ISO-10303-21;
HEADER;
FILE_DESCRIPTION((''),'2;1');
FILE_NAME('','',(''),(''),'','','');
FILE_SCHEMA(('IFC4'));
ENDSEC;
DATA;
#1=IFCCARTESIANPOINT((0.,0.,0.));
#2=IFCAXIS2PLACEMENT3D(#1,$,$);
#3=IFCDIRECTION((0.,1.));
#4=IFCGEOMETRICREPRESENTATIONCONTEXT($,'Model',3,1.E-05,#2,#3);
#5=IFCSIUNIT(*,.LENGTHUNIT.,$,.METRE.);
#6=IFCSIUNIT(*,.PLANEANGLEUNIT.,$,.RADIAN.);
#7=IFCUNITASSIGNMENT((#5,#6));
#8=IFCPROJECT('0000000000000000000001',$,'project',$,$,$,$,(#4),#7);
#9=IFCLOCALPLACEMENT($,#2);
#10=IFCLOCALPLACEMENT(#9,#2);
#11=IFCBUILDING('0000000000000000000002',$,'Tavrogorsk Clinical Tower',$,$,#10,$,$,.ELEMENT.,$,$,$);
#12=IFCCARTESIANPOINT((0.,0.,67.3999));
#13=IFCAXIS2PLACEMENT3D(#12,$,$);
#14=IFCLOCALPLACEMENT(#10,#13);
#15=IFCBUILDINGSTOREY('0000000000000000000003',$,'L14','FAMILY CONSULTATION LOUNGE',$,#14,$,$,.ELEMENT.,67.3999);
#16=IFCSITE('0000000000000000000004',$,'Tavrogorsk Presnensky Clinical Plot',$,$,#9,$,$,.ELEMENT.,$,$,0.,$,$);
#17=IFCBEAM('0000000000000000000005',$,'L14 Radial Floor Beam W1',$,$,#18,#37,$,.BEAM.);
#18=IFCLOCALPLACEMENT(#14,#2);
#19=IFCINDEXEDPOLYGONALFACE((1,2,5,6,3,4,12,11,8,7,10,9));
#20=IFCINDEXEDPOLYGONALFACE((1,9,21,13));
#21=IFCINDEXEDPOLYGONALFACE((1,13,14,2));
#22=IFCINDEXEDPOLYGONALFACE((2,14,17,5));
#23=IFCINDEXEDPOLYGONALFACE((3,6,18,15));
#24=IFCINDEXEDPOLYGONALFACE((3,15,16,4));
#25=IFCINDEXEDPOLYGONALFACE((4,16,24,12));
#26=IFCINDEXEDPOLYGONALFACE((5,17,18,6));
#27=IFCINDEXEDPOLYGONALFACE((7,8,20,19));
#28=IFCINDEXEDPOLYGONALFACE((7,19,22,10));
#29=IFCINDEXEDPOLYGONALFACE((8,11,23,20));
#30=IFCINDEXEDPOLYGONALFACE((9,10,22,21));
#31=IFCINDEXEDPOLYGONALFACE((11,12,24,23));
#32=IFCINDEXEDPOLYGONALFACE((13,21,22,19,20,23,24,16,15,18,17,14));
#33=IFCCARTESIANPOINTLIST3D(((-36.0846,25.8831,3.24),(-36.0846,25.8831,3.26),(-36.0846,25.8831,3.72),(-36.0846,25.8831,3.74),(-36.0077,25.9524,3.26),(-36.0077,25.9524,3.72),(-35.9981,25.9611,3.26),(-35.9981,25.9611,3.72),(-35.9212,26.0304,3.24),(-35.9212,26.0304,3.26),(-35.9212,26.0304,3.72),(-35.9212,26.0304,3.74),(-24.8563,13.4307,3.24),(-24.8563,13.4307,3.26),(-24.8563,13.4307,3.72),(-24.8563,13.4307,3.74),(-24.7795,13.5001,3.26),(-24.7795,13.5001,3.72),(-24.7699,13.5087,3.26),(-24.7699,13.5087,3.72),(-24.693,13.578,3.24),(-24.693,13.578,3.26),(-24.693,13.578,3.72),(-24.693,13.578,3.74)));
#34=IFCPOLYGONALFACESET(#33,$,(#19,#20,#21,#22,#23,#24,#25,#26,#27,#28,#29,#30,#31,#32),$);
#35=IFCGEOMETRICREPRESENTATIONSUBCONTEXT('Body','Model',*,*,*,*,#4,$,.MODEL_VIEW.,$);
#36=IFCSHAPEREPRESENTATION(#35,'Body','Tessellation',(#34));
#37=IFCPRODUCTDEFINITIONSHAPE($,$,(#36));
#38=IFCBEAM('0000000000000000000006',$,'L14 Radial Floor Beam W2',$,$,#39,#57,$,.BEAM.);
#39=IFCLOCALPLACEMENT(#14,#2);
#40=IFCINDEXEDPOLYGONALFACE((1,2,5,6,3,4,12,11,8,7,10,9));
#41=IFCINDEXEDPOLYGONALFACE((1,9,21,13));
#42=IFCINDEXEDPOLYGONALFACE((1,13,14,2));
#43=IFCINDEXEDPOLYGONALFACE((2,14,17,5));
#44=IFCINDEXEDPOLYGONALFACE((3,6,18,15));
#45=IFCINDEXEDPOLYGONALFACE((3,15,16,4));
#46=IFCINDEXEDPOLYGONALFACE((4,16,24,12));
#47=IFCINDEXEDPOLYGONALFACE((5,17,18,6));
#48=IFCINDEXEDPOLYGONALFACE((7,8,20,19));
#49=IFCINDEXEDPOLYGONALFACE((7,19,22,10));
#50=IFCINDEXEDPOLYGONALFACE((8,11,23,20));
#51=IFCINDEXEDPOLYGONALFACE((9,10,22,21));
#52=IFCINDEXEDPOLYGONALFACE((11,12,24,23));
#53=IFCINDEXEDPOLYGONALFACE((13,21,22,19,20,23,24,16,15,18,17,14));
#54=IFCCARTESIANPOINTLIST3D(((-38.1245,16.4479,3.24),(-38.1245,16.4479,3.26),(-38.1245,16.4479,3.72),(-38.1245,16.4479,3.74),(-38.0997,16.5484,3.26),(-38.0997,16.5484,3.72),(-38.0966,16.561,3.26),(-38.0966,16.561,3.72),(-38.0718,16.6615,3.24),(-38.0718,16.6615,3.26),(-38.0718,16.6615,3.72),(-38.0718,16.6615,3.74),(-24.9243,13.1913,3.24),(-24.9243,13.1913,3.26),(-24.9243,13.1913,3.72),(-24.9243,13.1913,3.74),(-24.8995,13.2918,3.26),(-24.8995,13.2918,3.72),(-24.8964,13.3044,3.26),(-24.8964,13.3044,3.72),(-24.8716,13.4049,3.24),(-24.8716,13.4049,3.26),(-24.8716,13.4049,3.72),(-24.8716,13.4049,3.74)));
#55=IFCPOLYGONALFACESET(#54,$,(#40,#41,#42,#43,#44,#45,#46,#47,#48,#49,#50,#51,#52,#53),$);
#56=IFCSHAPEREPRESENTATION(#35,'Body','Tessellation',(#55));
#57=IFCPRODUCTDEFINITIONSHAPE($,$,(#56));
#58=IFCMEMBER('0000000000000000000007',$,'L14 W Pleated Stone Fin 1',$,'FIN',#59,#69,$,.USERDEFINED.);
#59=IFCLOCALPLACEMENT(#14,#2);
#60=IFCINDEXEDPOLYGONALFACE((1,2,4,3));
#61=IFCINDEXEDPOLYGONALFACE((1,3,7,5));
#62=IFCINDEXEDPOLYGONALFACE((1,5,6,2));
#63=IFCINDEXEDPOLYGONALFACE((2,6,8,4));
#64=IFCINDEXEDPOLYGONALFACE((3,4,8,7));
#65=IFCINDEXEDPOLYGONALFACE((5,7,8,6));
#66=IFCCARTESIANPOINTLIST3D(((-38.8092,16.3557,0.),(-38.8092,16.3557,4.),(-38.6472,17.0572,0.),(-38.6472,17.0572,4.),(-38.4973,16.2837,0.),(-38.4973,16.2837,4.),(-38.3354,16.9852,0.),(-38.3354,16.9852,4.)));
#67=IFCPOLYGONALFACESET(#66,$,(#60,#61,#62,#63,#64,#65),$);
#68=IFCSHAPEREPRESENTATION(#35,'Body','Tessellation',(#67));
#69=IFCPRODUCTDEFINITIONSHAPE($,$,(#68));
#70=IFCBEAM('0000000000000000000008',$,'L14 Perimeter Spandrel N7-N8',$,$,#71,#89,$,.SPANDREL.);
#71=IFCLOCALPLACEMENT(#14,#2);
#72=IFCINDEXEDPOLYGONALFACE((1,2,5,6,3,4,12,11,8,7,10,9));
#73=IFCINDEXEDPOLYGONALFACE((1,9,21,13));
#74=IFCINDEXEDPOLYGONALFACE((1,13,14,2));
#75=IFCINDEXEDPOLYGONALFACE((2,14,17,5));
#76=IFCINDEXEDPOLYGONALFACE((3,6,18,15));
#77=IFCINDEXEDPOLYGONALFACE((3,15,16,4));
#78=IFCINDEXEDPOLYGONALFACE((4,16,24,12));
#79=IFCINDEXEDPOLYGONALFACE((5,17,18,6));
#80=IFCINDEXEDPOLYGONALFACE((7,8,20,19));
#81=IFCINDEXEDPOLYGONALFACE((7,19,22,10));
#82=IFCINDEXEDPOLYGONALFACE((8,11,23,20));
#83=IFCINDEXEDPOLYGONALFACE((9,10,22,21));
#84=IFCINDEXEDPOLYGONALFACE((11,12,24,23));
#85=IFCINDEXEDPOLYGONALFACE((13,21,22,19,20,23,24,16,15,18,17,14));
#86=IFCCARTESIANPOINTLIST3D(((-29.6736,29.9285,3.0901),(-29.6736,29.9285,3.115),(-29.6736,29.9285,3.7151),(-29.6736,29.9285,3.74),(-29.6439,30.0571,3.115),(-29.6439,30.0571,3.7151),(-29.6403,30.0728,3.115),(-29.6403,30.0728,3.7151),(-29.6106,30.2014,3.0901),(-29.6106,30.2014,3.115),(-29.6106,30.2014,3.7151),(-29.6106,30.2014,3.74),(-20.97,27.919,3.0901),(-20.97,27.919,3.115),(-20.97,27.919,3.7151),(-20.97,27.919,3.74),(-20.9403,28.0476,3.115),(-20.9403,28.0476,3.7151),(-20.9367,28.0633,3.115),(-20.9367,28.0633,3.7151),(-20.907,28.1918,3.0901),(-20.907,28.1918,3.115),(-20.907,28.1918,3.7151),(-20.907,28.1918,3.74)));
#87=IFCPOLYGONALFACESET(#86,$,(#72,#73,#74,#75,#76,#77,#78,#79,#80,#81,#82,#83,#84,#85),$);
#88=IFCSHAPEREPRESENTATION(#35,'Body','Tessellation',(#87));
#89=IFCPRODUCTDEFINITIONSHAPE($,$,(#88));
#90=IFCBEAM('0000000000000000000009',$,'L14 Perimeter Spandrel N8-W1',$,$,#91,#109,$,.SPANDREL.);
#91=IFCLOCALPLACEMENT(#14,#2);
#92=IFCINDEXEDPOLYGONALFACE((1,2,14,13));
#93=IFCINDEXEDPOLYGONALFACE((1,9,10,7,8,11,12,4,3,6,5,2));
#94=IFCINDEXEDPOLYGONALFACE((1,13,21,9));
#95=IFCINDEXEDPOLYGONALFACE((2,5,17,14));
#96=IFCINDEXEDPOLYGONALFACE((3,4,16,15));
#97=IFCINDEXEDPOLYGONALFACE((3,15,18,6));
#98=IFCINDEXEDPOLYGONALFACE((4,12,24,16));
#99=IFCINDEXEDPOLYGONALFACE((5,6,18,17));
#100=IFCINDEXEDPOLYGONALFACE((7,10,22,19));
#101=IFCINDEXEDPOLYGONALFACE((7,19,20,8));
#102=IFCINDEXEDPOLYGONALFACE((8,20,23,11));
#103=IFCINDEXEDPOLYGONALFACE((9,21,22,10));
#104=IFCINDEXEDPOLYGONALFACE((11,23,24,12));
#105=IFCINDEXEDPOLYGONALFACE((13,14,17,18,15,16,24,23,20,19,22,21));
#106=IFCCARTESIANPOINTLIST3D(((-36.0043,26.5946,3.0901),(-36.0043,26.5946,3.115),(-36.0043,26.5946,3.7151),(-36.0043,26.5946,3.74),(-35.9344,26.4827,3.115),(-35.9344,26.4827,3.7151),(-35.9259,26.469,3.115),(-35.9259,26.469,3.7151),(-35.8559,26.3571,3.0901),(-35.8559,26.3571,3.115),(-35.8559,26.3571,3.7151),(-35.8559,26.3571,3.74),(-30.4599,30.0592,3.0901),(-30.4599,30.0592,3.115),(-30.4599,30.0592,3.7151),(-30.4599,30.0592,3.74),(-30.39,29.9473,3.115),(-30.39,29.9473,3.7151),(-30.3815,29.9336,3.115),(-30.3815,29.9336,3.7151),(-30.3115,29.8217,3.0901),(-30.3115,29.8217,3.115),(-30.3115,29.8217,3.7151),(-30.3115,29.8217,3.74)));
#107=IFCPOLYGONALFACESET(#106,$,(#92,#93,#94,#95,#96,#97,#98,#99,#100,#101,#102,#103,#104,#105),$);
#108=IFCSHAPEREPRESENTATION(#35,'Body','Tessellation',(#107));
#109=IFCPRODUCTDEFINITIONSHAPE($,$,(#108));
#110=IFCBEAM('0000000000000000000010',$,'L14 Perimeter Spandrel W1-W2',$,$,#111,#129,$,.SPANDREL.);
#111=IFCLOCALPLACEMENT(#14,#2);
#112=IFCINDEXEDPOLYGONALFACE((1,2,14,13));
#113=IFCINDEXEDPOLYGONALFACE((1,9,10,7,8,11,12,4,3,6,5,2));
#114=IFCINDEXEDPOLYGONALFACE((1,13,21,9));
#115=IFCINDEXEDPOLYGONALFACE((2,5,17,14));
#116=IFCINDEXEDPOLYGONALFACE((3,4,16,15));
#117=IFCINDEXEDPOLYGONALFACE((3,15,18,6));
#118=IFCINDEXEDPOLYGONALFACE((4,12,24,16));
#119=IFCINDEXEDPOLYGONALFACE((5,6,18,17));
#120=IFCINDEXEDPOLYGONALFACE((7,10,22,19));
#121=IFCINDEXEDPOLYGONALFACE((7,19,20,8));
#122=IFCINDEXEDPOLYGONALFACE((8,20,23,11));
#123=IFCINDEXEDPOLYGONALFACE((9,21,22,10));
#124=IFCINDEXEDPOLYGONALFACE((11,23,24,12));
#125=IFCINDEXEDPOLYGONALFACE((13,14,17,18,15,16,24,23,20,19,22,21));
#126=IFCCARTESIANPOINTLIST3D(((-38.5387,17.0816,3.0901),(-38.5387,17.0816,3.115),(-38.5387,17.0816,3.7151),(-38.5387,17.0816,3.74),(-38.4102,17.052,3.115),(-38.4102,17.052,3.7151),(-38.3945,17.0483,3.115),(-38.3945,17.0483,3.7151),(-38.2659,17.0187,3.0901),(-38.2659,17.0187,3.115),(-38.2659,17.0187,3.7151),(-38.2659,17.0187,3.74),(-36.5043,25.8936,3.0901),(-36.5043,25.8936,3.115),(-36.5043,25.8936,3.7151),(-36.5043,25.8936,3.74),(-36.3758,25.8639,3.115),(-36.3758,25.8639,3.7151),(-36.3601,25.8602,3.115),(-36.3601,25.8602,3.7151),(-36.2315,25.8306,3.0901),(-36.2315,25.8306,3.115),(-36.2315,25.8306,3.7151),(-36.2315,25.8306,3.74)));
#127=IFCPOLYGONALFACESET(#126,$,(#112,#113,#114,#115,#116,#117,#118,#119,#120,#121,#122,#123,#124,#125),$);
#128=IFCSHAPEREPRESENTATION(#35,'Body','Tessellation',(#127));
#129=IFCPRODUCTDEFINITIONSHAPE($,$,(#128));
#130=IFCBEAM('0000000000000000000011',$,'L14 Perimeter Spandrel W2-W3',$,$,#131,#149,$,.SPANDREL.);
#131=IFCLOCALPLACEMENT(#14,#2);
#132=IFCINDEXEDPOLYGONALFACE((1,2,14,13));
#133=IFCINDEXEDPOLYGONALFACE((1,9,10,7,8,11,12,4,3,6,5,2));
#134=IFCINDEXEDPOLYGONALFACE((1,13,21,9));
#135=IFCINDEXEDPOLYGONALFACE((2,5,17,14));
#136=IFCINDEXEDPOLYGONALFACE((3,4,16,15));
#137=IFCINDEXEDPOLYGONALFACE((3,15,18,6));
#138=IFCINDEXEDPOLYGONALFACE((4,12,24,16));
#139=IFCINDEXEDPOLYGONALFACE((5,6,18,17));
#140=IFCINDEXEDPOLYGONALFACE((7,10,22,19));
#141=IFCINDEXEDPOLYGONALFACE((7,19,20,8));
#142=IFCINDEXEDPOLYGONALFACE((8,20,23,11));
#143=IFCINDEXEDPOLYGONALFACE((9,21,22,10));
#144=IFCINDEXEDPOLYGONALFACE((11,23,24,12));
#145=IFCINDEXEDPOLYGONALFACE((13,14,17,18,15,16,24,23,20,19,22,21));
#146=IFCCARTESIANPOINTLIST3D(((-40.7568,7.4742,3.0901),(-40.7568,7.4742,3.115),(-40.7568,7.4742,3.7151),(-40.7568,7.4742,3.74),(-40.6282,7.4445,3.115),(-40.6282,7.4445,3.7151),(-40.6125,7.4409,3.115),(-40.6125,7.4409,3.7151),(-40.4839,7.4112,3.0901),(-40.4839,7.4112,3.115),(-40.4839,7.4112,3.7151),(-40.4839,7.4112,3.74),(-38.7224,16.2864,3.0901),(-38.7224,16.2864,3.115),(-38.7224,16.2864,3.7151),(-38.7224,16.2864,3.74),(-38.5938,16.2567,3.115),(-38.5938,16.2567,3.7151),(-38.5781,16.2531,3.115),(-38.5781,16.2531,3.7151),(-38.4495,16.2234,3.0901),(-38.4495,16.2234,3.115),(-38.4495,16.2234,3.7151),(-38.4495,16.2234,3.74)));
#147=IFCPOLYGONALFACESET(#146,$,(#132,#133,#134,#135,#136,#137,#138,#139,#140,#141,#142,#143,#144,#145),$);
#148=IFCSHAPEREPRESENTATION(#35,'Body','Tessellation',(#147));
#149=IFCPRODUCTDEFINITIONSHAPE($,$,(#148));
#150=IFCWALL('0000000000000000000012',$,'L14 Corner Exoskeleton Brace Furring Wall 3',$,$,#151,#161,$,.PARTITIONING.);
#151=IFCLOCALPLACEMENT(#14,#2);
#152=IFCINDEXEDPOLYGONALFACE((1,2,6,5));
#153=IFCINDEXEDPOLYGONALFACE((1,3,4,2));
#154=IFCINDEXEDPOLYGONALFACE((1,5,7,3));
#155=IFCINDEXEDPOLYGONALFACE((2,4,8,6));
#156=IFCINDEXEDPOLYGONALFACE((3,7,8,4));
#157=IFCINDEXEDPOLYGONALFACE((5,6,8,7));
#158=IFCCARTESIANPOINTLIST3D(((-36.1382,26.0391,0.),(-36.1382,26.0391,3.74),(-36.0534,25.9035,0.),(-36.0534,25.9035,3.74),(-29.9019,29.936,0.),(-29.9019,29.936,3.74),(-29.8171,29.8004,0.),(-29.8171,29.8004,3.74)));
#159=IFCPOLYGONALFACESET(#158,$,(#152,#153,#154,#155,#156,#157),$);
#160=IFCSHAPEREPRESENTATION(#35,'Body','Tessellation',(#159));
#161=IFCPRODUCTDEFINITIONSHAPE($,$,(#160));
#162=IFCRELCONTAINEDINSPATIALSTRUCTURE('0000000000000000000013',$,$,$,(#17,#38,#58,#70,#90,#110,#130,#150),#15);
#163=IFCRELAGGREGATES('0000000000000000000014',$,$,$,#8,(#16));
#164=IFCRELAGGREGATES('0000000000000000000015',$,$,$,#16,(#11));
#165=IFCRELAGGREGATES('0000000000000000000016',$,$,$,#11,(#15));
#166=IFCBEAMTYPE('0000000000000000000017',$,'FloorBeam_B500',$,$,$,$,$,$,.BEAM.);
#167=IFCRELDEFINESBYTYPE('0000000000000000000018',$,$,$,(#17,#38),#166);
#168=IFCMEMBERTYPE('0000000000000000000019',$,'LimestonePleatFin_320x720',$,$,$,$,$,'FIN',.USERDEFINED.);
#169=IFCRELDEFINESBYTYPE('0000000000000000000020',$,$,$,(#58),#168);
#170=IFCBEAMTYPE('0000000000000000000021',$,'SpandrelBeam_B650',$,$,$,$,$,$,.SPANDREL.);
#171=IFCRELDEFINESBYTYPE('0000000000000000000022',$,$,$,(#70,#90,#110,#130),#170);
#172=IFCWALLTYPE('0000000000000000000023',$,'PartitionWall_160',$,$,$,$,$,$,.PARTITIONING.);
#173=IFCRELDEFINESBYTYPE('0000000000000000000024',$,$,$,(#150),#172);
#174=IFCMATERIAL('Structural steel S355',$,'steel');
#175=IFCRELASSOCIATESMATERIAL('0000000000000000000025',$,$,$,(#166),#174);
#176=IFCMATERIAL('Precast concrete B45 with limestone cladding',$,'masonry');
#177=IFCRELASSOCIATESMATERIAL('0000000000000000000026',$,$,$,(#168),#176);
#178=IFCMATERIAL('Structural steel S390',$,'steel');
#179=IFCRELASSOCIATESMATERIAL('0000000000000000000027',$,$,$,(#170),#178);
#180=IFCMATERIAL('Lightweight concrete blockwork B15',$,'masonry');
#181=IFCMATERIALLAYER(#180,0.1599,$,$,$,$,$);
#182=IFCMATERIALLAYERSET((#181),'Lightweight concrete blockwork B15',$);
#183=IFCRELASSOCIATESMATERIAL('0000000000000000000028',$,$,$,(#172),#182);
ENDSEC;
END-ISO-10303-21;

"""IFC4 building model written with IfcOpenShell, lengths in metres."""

from ifc_helpers import new_model, si_unit, direction, frame, frame_2d, origin, origin_2d, place, context, subcontext, project, spatial, rectangle, i_section, extrude, material, layer, layer_set, material_profile, profile_set, type_object, element, save


model = new_model("IFC4")

# Units and contexts
model_context = context("Model", 3, precision=1e-05, world=origin(), true_north=direction((0.0, 1.0)))
body_context = subcontext(model_context, "Body", "Model", "MODEL_VIEW")
ifc_project = project(units=[si_unit("LENGTHUNIT", "METRE"), si_unit("PLANEANGLEUNIT", "RADIAN")], contexts=[model_context])

# Site, building, storey
site_placement = place(None, origin())
site = spatial("IfcSite", under=ifc_project, at=site_placement, Name="Tavrogorsk Presnensky Clinical Plot", CompositionType="ELEMENT", RefElevation=0.0)
building_placement = place(site_placement, origin())
building = spatial("IfcBuilding", under=site, at=building_placement, Name="Tavrogorsk Clinical Tower", CompositionType="ELEMENT")
storey_placement = place(building_placement, frame((0.0, 0.0, 67.3999)))
storey = spatial("IfcBuildingStorey", under=building, at=storey_placement, Name="L14", Description="FAMILY CONSULTATION LOUNGE", CompositionType="ELEMENT", Elevation=67.3999)

# Beams
ifc_material_1 = material(Name="Structural steel S355", Category="steel")
ifc_material_profile_1 = material_profile(ifc_material_1, i_section(OverallWidth=0.22, OverallDepth=0.5, WebThickness=0.0129, FlangeThickness=0.02, at=origin_2d()), Name="B-500x220x13x20")
ifc_profile_set_1 = profile_set([ifc_material_profile_1], Name="Structural steel S355")
beam_type_1 = type_object("IfcBeamType", Name="FloorBeam_B500", PredefinedType="BEAM", material=ifc_profile_set_1)
beam_1_placement = place(storey_placement, frame((-24.7747, 13.5044, 3.49), z_axis=(-0.66966, 0.742668, 0.0), x_axis=(-0.742668, -0.66966, 0.0)))
element("IfcBeam", 1, at=beam_1_placement, inside=storey, type_object=beam_type_1, Name="L14 Radial Floor Beam W1", PredefinedType="BEAM", context=body_context, shape_type="SweptSolid", body=[
    extrude(i_section(OverallWidth=0.22, OverallDepth=0.5, WebThickness=0.0129, FlangeThickness=0.02, at=origin_2d()), origin(), (0.0, 0.0, 1.0), 16.7671),
])
beam_2_placement = place(storey_placement, frame((-24.8979, 13.2981, 3.49), z_axis=(-0.97089, 0.239526, 0.0), x_axis=(-0.239526, -0.97089, 0.0)))
element("IfcBeam", 2, at=beam_2_placement, inside=storey, type_object=beam_type_1, Name="L14 Radial Floor Beam W2", PredefinedType="BEAM", context=body_context, shape_type="SweptSolid", body=[
    extrude(i_section(OverallWidth=0.22, OverallDepth=0.5, WebThickness=0.0129, FlangeThickness=0.02, at=origin_2d()), origin(), (0.0, 0.0, 1.0), 13.5959),
])

# Member
ifc_material_2 = material(Name="Precast concrete B45 with limestone cladding", Category="masonry")
ifc_material_profile_2 = material_profile(ifc_material_2, rectangle(XDim=0.3201, YDim=0.72, at=origin_2d()), Name="LIMESTONE-FIN-320x720")
ifc_profile_set_2 = profile_set([ifc_material_profile_2], Name="Precast concrete B45 with limestone cladding")
member_type_1 = type_object("IfcMemberType", Name="LimestonePleatFin_320x720", ElementType="FIN", PredefinedType="USERDEFINED", material=ifc_profile_set_2)
member_1_placement = place(storey_placement, frame((-38.5723, 16.6704, 0.0), z_axis=(0.0, 0.0, 1.0), x_axis=(0.97437, -0.224951, 0.0)))
element("IfcMember", 3, at=member_1_placement, inside=storey, type_object=member_type_1, Name="L14 W Pleated Stone Fin 1", ObjectType="FIN", PredefinedType="USERDEFINED", context=body_context, shape_type="SweptSolid", body=[
    extrude(rectangle(XDim=0.3201, YDim=0.72, at=origin_2d()), origin(), (0.0, 0.0, 1.0), 4.0),
])

# Beams
ifc_material_3 = material(Name="Structural steel S390", Category="steel")
ifc_material_profile_3 = material_profile(ifc_material_3, i_section(OverallWidth=0.28, OverallDepth=0.6499, WebThickness=0.0161, FlangeThickness=0.0249, at=origin_2d()), Name="B-650x280x16x25")
ifc_profile_set_3 = profile_set([ifc_material_profile_3], Name="Structural steel S390")
beam_type_2 = type_object("IfcBeamType", Name="SpandrelBeam_B650", PredefinedType="SPANDREL", material=ifc_profile_set_3)
beam_3_placement = place(storey_placement, frame((-20.9385, 28.0554, 3.415), z_axis=(-0.974367, 0.224965, 0.0), x_axis=(-0.224965, -0.974367, 0.0)))
element("IfcBeam", 4, at=beam_3_placement, inside=storey, type_object=beam_type_2, Name="L14 Perimeter Spandrel N7-N8", PredefinedType="SPANDREL", context=body_context, shape_type="SweptSolid", body=[
    extrude(i_section(OverallWidth=0.28, OverallDepth=0.6499, WebThickness=0.0161, FlangeThickness=0.0249, at=origin_2d()), origin(), (0.0, 0.0, 1.0), 8.9326),
])
beam_4_placement = place(storey_placement, frame((-30.3857, 29.9404, 3.415), z_axis=(-0.848044, -0.529925, 0.0), x_axis=(0.529925, -0.848044, 0.0)))
element("IfcBeam", 5, at=beam_4_placement, inside=storey, type_object=beam_type_2, Name="L14 Perimeter Spandrel N8-W1", PredefinedType="SPANDREL", context=body_context, shape_type="SweptSolid", body=[
    extrude(i_section(OverallWidth=0.28, OverallDepth=0.6499, WebThickness=0.0161, FlangeThickness=0.0249, at=origin_2d()), origin(), (0.0, 0.0, 1.0), 6.5378),
])
beam_5_placement = place(storey_placement, frame((-36.3679, 25.8621, 3.415), z_axis=(-0.224952, -0.97437, 0.0), x_axis=(0.97437, -0.224952, 0.0)))
element("IfcBeam", 6, at=beam_5_placement, inside=storey, type_object=beam_type_2, Name="L14 Perimeter Spandrel W1-W2", PredefinedType="SPANDREL", context=body_context, shape_type="SweptSolid", body=[
    extrude(i_section(OverallWidth=0.28, OverallDepth=0.6499, WebThickness=0.0161, FlangeThickness=0.0249, at=origin_2d()), origin(), (0.0, 0.0, 1.0), 9.0437),
])
beam_6_placement = place(storey_placement, frame((-38.5859, 16.2549, 3.415), z_axis=(-0.224946, -0.974371, 0.0), x_axis=(0.974371, -0.224946, 0.0)))
element("IfcBeam", 7, at=beam_6_placement, inside=storey, type_object=beam_type_2, Name="L14 Perimeter Spandrel W2-W3", PredefinedType="SPANDREL", context=body_context, shape_type="SweptSolid", body=[
    extrude(i_section(OverallWidth=0.28, OverallDepth=0.6499, WebThickness=0.0161, FlangeThickness=0.0249, at=origin_2d()), origin(), (0.0, 0.0, 1.0), 9.0439),
])

# Wall
ifc_material_4 = material(Name="Lightweight concrete blockwork B15", Category="masonry")
ifc_layer_1 = layer(ifc_material_4, 0.1599)
ifc_layer_set_1 = layer_set([ifc_layer_1], Name="Lightweight concrete blockwork B15")
wall_type_1 = type_object("IfcWallType", Name="PartitionWall_160", PredefinedType="PARTITIONING", material=ifc_layer_set_1)
wall_1_placement = place(storey_placement, frame((-29.8596, 29.8682, 0.0), z_axis=(0.0, 0.0, 1.0), x_axis=(-0.848043, -0.529927, 0.0)))
element("IfcWall", 8, at=wall_1_placement, inside=storey, type_object=wall_type_1, Name="L14 Corner Exoskeleton Brace Furring Wall 3", PredefinedType="PARTITIONING", context=body_context, shape_type="SweptSolid", body=[
    extrude(rectangle(XDim=7.3538, YDim=0.1599, at=frame_2d((3.6768, 0.0))), origin(), (0.0, 0.0, 1.0), 3.74),
])

save(model, "model.ifc")
